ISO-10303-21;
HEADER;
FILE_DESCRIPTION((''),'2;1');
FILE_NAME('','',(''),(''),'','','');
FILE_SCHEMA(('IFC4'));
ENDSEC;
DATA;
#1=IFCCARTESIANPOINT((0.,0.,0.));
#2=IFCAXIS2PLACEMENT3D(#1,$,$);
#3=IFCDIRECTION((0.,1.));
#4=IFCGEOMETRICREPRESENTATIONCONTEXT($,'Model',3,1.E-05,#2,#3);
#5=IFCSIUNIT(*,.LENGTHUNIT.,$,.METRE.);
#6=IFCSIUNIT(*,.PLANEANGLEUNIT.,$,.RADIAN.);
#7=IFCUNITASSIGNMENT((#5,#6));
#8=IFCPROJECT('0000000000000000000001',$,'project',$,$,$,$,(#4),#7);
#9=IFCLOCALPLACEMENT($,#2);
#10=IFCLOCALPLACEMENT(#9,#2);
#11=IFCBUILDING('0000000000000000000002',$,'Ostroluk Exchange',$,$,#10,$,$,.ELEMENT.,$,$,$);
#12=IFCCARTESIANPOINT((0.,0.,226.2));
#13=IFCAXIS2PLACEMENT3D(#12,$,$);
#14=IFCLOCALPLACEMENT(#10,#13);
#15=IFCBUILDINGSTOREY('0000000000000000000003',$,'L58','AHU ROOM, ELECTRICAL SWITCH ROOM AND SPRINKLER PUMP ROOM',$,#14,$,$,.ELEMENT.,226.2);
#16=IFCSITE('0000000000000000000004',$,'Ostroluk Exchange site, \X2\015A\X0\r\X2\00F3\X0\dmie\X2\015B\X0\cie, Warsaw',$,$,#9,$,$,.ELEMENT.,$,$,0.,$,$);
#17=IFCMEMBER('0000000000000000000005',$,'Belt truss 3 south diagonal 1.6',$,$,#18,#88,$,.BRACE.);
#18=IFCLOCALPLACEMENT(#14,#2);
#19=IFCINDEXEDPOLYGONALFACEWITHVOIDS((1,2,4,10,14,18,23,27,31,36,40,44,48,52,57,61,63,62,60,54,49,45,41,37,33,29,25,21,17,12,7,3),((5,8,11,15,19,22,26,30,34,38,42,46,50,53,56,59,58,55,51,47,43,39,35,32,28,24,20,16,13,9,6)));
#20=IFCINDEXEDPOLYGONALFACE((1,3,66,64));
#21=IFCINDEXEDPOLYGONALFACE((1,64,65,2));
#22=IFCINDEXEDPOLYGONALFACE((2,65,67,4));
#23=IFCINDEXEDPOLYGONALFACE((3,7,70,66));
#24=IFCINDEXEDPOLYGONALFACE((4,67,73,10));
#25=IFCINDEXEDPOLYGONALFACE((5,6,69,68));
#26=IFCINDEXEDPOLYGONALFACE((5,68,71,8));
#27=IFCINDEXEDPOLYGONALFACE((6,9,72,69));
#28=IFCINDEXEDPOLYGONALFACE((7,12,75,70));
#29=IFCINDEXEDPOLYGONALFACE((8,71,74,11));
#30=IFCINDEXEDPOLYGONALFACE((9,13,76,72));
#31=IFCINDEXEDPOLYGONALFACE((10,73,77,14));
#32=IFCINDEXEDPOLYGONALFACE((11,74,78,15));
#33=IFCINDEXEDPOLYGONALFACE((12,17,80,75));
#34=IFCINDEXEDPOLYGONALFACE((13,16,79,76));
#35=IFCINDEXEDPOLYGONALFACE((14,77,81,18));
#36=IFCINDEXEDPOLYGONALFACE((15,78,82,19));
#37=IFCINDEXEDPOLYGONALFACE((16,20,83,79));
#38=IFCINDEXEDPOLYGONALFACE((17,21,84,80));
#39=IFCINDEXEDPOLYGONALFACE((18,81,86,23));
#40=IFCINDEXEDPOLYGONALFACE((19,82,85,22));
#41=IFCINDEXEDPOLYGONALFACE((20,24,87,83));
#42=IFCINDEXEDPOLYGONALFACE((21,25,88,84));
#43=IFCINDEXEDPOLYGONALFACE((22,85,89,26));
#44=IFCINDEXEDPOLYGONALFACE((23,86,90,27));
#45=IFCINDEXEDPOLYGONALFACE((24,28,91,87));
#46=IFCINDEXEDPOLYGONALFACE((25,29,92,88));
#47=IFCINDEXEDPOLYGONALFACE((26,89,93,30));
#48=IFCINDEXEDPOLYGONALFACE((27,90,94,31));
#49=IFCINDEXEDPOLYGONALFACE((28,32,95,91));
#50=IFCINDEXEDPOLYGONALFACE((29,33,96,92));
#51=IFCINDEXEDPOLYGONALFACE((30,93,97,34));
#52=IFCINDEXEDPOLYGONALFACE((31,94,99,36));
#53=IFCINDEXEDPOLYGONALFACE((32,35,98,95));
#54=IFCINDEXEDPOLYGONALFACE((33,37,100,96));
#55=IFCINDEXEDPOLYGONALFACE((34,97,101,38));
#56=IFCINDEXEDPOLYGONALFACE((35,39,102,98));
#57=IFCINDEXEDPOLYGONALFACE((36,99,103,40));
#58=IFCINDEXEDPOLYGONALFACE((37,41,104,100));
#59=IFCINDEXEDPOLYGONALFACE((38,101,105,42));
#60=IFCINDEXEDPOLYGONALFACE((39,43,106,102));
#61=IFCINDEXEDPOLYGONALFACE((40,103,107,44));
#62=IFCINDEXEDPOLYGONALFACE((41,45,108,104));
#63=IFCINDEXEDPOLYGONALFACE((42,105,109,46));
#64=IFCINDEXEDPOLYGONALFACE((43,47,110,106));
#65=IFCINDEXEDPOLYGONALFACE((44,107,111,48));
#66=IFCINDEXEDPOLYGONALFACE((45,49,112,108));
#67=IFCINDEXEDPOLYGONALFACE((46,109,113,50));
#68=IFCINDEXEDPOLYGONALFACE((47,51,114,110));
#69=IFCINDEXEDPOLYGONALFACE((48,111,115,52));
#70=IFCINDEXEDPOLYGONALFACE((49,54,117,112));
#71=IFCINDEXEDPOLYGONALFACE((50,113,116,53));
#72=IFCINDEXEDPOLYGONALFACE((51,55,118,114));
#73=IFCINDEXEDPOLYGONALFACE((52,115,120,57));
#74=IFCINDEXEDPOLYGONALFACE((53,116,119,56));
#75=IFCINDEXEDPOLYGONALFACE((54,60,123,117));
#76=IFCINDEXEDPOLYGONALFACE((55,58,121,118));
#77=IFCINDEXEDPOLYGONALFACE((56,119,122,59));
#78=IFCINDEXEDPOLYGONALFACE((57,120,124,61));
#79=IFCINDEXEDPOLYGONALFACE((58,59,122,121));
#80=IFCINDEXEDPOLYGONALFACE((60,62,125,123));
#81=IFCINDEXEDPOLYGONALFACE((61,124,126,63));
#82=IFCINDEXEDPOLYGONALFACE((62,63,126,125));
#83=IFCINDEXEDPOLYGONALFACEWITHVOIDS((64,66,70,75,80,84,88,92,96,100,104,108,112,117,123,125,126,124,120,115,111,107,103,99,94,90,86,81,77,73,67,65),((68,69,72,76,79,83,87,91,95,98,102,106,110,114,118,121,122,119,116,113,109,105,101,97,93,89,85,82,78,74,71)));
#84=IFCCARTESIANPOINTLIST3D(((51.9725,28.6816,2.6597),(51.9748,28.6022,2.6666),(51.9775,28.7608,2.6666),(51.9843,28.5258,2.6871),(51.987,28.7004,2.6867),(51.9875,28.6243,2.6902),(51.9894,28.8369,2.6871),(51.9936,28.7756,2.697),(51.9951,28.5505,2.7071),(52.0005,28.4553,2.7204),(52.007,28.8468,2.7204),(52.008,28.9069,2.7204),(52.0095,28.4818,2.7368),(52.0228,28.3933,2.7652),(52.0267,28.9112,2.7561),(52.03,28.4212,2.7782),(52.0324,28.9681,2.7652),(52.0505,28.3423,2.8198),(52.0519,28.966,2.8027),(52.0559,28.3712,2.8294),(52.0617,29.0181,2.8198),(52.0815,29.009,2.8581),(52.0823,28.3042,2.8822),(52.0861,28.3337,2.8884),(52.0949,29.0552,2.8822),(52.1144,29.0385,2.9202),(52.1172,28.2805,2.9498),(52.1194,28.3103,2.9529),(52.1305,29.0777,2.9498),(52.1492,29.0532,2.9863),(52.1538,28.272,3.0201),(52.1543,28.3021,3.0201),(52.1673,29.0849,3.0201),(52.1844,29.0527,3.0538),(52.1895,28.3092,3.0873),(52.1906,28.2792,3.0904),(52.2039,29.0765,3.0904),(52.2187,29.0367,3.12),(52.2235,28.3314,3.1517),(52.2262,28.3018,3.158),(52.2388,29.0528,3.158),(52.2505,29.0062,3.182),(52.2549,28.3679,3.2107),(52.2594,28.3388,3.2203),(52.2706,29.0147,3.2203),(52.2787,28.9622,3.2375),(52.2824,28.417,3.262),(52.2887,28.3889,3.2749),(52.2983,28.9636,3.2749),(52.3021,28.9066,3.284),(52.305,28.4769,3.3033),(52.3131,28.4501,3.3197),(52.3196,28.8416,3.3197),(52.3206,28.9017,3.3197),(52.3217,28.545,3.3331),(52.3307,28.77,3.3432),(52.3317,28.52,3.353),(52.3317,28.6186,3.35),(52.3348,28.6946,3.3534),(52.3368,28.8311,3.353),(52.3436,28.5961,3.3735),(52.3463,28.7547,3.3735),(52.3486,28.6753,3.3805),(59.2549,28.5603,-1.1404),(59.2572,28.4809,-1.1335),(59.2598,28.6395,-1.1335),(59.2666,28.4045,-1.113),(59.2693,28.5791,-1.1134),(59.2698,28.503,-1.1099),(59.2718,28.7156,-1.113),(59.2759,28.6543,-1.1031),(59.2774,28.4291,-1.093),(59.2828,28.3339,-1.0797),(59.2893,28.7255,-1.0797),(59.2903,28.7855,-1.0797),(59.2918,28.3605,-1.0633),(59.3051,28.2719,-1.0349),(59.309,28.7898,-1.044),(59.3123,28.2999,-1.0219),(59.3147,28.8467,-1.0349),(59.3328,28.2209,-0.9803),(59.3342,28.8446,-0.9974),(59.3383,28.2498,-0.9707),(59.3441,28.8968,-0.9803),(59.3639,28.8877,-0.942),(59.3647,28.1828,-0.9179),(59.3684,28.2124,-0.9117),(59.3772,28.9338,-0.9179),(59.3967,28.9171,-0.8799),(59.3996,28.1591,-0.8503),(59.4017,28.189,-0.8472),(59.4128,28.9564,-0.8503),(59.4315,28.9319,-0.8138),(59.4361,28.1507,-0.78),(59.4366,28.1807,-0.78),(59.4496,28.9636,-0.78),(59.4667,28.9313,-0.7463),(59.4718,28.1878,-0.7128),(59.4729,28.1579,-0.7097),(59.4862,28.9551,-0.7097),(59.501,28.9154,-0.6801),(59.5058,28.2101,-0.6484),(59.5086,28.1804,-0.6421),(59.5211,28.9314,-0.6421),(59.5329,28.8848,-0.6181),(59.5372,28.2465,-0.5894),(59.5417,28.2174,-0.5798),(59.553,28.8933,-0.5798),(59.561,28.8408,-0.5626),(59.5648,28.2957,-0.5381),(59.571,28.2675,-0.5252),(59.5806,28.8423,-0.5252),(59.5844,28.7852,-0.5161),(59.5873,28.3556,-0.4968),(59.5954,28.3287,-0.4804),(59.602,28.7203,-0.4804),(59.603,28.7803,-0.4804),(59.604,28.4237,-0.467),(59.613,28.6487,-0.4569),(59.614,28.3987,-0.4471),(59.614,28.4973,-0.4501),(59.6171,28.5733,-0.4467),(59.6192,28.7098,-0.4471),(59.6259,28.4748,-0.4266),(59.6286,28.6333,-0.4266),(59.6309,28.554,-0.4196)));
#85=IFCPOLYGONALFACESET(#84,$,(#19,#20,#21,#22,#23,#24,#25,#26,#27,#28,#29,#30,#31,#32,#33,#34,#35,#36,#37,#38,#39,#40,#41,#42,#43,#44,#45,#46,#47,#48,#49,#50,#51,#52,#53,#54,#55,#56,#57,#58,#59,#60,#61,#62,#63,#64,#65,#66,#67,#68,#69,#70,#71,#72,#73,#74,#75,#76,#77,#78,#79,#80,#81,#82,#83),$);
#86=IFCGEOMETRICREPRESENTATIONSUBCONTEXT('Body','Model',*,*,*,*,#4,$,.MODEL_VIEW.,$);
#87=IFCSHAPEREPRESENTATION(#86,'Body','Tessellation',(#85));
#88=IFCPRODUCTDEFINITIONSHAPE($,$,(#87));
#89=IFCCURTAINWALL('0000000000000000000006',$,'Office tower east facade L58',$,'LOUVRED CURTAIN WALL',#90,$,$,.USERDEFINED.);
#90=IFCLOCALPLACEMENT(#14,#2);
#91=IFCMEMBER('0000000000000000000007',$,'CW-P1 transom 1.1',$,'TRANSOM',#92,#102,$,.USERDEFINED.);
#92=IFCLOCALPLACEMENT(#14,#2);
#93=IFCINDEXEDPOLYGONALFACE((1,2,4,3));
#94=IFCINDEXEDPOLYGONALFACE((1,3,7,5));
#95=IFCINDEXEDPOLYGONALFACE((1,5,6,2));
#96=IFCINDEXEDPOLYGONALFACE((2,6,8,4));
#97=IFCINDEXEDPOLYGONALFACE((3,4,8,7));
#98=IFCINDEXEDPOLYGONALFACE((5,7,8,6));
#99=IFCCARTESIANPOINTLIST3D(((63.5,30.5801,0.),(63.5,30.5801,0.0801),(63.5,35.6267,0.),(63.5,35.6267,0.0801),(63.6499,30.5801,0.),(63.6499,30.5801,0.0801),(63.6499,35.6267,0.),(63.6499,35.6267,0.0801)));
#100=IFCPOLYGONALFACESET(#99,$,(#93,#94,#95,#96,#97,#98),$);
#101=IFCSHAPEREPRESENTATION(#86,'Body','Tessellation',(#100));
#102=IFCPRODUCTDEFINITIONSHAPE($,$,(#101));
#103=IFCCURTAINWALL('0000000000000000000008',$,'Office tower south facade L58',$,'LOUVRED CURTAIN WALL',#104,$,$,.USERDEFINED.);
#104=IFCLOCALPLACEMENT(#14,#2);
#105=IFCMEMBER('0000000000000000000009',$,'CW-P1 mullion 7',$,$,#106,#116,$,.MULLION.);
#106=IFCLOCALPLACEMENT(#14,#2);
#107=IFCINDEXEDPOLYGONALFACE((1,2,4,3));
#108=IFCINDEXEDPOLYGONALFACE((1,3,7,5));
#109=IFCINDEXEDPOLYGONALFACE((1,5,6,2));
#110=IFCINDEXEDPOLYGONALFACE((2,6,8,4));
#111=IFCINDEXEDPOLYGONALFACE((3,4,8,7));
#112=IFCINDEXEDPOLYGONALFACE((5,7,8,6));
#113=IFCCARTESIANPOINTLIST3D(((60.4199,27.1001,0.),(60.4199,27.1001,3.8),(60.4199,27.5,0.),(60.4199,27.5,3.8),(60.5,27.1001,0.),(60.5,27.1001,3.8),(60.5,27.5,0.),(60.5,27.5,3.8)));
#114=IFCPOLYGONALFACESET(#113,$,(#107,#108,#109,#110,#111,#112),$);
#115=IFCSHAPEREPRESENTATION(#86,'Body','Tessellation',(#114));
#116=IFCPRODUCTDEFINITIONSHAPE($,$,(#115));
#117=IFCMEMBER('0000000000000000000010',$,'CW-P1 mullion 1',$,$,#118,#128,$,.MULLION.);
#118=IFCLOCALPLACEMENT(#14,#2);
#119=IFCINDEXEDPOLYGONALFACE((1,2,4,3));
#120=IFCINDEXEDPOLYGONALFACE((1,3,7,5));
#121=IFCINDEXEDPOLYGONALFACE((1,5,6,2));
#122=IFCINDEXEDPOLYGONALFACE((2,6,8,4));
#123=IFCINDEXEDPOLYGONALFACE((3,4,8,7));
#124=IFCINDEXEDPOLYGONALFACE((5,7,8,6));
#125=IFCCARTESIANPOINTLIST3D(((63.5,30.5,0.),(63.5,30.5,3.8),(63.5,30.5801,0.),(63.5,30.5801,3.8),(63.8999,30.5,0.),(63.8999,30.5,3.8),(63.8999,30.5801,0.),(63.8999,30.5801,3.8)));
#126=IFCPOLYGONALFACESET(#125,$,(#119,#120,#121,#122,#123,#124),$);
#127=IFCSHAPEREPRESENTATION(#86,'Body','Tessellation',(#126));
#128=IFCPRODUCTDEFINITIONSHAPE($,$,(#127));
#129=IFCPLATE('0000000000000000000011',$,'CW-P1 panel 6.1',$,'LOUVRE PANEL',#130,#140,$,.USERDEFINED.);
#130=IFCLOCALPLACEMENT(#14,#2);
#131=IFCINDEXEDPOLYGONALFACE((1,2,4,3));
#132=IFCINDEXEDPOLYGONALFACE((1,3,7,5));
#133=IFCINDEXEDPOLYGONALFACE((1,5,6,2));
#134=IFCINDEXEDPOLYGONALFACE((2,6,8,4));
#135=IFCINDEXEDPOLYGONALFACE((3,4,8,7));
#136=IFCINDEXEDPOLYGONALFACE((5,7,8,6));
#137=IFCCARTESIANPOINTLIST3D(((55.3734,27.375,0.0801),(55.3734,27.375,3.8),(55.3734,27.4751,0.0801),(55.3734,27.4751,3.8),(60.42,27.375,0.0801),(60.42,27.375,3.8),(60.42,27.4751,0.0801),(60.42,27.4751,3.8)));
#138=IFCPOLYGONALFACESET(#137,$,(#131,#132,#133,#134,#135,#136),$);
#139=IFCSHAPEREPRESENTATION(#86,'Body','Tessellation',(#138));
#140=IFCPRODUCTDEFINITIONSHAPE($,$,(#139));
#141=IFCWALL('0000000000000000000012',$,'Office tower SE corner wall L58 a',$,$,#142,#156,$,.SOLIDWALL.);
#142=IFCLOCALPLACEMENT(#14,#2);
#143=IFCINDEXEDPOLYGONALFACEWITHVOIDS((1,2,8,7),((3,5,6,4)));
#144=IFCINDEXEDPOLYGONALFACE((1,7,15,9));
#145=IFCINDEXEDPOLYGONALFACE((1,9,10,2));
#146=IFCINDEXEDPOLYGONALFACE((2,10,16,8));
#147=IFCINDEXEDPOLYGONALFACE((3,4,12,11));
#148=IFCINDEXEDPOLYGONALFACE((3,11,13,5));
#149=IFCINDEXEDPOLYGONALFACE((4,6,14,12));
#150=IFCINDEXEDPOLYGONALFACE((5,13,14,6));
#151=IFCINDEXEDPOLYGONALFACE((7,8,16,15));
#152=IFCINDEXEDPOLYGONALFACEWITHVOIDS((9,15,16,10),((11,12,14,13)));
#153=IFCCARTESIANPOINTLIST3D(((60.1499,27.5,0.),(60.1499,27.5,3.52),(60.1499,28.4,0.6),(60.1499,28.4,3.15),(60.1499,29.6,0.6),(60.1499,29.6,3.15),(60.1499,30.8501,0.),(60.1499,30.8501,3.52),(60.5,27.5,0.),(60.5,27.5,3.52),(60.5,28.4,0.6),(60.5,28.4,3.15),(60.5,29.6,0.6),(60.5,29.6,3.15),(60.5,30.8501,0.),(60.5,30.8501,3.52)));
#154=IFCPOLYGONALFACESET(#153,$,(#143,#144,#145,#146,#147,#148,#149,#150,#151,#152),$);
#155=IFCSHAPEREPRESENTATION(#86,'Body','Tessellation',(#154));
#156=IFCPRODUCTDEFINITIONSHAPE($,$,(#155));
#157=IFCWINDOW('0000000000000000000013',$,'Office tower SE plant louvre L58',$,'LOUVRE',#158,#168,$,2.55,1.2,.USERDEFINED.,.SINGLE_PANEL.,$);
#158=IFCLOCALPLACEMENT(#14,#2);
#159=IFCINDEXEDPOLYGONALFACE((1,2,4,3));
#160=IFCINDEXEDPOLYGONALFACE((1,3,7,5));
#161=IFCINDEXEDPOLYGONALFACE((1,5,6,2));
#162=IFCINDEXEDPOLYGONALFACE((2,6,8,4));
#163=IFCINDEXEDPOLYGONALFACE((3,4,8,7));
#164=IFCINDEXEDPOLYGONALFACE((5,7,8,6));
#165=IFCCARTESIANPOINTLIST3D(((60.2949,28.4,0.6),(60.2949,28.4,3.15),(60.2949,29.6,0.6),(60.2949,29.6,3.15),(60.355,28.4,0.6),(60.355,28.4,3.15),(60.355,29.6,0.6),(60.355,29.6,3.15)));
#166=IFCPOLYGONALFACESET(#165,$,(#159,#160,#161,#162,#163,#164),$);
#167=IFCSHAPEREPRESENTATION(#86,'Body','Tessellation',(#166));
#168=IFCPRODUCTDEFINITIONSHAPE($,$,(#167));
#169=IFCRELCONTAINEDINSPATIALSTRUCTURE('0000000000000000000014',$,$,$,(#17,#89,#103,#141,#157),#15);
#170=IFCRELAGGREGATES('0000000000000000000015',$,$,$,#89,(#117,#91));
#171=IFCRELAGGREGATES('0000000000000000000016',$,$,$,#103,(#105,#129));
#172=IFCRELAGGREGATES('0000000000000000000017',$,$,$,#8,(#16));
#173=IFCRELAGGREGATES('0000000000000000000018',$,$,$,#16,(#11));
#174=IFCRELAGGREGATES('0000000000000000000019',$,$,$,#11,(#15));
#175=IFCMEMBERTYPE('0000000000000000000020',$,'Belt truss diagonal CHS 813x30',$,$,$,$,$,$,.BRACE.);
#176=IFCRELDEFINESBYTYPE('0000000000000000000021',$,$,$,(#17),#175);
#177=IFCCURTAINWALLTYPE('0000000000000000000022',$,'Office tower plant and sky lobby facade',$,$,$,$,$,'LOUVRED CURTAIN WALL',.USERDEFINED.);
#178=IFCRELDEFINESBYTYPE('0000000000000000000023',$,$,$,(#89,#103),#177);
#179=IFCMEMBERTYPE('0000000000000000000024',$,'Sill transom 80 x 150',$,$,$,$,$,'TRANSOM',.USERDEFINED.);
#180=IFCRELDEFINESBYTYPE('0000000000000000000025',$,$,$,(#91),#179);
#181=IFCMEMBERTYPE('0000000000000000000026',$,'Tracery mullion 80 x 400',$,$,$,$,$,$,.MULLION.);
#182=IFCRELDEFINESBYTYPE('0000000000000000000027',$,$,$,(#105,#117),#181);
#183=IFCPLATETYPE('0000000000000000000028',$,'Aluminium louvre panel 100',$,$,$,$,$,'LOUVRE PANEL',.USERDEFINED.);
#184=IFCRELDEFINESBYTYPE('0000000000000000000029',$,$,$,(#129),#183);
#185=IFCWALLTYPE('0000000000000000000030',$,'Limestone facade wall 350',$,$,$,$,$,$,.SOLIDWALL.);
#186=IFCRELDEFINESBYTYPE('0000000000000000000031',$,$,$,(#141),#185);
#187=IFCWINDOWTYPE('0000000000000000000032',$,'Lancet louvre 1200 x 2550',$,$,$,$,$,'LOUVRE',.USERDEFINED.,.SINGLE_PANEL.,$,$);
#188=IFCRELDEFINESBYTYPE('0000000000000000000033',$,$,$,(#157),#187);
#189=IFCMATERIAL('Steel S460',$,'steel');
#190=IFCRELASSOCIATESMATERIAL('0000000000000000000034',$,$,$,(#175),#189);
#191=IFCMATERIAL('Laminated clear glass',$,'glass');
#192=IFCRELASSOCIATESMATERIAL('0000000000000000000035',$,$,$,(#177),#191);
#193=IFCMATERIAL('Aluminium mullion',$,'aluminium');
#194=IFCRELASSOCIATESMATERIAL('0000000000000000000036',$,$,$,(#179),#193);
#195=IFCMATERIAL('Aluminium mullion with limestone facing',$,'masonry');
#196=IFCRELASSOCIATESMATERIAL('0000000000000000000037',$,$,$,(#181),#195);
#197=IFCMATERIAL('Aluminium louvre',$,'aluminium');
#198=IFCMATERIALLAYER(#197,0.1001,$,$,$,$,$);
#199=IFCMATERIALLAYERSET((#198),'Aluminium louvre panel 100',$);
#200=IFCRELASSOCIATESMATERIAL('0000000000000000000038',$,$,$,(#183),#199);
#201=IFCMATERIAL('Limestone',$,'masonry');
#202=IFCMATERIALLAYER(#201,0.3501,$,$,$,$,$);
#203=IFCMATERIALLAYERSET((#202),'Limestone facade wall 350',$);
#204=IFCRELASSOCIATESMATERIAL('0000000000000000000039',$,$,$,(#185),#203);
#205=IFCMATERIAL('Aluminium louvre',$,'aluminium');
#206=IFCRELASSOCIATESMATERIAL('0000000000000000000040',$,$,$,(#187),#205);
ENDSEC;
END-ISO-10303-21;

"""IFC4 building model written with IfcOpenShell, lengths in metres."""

from ifc_helpers import new_model, si_unit, direction, frame, frame_2d, origin, origin_2d, place, context, subcontext, project, spatial, rectangle, hollow_circle, extrude, material, layer, layer_set, material_profile, profile_set, type_object, element, fill, aggregate, save


model = new_model("IFC4")

# Units and contexts
model_context = context("Model", 3, precision=1e-05, world=origin(), true_north=direction((0.0, 1.0)))
body_context = subcontext(model_context, "Body", "Model", "MODEL_VIEW")
ifc_project = project(units=[si_unit("LENGTHUNIT", "METRE"), si_unit("PLANEANGLEUNIT", "RADIAN")], contexts=[model_context])

# Site, building, storey
site_placement = place(None, origin())
site = spatial("IfcSite", under=ifc_project, at=site_placement, Name="Ostroluk Exchange site, Śródmieście, Warsaw", CompositionType="ELEMENT", RefElevation=0.0)
building_placement = place(site_placement, origin())
building = spatial("IfcBuilding", under=site, at=building_placement, Name="Ostroluk Exchange", CompositionType="ELEMENT")
storey_placement = place(building_placement, frame((0.0, 0.0, 226.2)))
storey = spatial("IfcBuildingStorey", under=building, at=storey_placement, Name="L58", Description="AHU ROOM, ELECTRICAL SWITCH ROOM AND SPRINKLER PUMP ROOM", CompositionType="ELEMENT", Elevation=226.2)

# Member
ifc_material_1 = material(Name="Steel S460", Category="steel")
ifc_material_profile_1 = material_profile(ifc_material_1, hollow_circle(Radius=0.4065, WallThickness=0.03, at=origin_2d()), Name="CHS 813x30")
ifc_profile_set_1 = profile_set([ifc_material_profile_1], Name="Steel S460")
member_type_1 = type_object("IfcMemberType", Name="Belt truss diagonal CHS 813x30", PredefinedType="BRACE", material=ifc_profile_set_1)
for number, where, z_axis, x_axis, name in (
    (1, (59.4429, 28.5571, -0.78), (-0.886457, 0.01477, 0.462575), (-0.01666, -0.999861, 0.0), "Belt truss 3 south diagonal 1.6"),
):
    element("IfcMember", number, at=place(storey_placement, frame(where, z_axis=z_axis, x_axis=x_axis)), inside=storey, type_object=member_type_1, Name=name, PredefinedType="BRACE", context=body_context, shape_type="SweptSolid", body=[
        extrude(hollow_circle(Radius=0.4065, WallThickness=0.03, at=origin_2d()), origin(), (0.0, 0.0, 1.0), 8.2151),
    ])

# Curtain walls, members
ifc_material_2 = material(Name="Laminated clear glass", Category="glass")
curtain_wall_type = type_object("IfcCurtainWallType", Name="Office tower plant and sky lobby facade", ElementType="LOUVRED CURTAIN WALL", PredefinedType="USERDEFINED", material=ifc_material_2)
curtain_wall_1_placement = place(storey_placement, origin())
curtain_wall_1 = element("IfcCurtainWall", 2, at=curtain_wall_1_placement, inside=storey, type_object=curtain_wall_type, Name="Office tower east facade L58", ObjectType="LOUVRED CURTAIN WALL", PredefinedType="USERDEFINED")
ifc_material_3 = material(Name="Aluminium mullion", Category="aluminium")
ifc_material_profile_2 = material_profile(ifc_material_3, rectangle(XDim=0.1499, YDim=0.0801, at=origin_2d()), Name="Sill transom 80 x 150")
ifc_profile_set_2 = profile_set([ifc_material_profile_2], Name="Aluminium mullion")
member_type_2 = type_object("IfcMemberType", Name="Sill transom 80 x 150", ElementType="TRANSOM", PredefinedType="USERDEFINED", material=ifc_profile_set_2)
member_1_placement = place(storey_placement, frame((63.575, 30.5801, 0.04), z_axis=(0.0, 1.0, 0.0), x_axis=(-1.0, 0.0, 0.0)))
member_1 = element("IfcMember", 3, at=member_1_placement, type_object=member_type_2, Name="CW-P1 transom 1.1", ObjectType="TRANSOM", PredefinedType="USERDEFINED", context=body_context, shape_type="SweptSolid", body=[
    extrude(rectangle(XDim=0.1499, YDim=0.0801, at=origin_2d()), origin(), (0.0, 0.0, 1.0), 5.0466),
])
curtain_wall_2_placement = place(storey_placement, origin())
curtain_wall_2 = element("IfcCurtainWall", 4, at=curtain_wall_2_placement, inside=storey, type_object=curtain_wall_type, Name="Office tower south facade L58", ObjectType="LOUVRED CURTAIN WALL", PredefinedType="USERDEFINED")
ifc_material_4 = material(Name="Aluminium mullion with limestone facing", Category="masonry")
ifc_material_profile_3 = material_profile(ifc_material_4, rectangle(XDim=0.3999, YDim=0.0801, at=origin_2d()), Name="Tracery mullion 80 x 400")
ifc_profile_set_3 = profile_set([ifc_material_profile_3], Name="Aluminium mullion with limestone facing")
member_type_3 = type_object("IfcMemberType", Name="Tracery mullion 80 x 400", PredefinedType="MULLION", material=ifc_profile_set_3)
member_2_placement = place(storey_placement, frame((60.46, 27.3, 0.0), z_axis=(0.0, 0.0, 1.0), x_axis=(0.0, 1.0, 0.0)))
member_2 = element("IfcMember", 5, at=member_2_placement, type_object=member_type_3, Name="CW-P1 mullion 7", PredefinedType="MULLION", context=body_context, shape_type="SweptSolid", body=[
    extrude(rectangle(XDim=0.3999, YDim=0.0801, at=origin_2d()), origin(), (0.0, 0.0, 1.0), 3.8),
])

# Member
member_3_placement = place(storey_placement, frame((63.7, 30.54, 0.0), z_axis=(0.0, 0.0, 1.0), x_axis=(-1.0, 0.0, 0.0)))
member_3 = element("IfcMember", 6, at=member_3_placement, type_object=member_type_3, Name="CW-P1 mullion 1", PredefinedType="MULLION", context=body_context, shape_type="SweptSolid", body=[
    extrude(rectangle(XDim=0.3999, YDim=0.0801, at=origin_2d()), origin(), (0.0, 0.0, 1.0), 3.8),
])
aggregate(curtain_wall_1, [member_3, member_1])

# Plate
ifc_material_5 = material(Name="Aluminium louvre", Category="aluminium")
ifc_layer_1 = layer(ifc_material_5, 0.1001)
ifc_layer_set_1 = layer_set([ifc_layer_1], Name="Aluminium louvre panel 100")
plate_type = type_object("IfcPlateType", Name="Aluminium louvre panel 100", ElementType="LOUVRE PANEL", PredefinedType="USERDEFINED", material=ifc_layer_set_1)
plate_placement = place(storey_placement, frame((57.8967, 27.425, 0.0801), z_axis=(0.0, 0.0, 1.0), x_axis=(1.0, 0.0, 0.0)))
plate = element("IfcPlate", 7, at=plate_placement, type_object=plate_type, Name="CW-P1 panel 6.1", ObjectType="LOUVRE PANEL", PredefinedType="USERDEFINED", context=body_context, shape_type="SweptSolid", body=[
    extrude(rectangle(XDim=5.0466, YDim=0.1001, at=origin_2d()), origin(), (0.0, 0.0, 1.0), 3.72),
])
aggregate(curtain_wall_2, [member_2, plate])

# Wall, opening, window
ifc_material_6 = material(Name="Limestone", Category="masonry")
ifc_layer_2 = layer(ifc_material_6, 0.3501)
ifc_layer_set_2 = layer_set([ifc_layer_2], Name="Limestone facade wall 350")
wall_type_1 = type_object("IfcWallType", Name="Limestone facade wall 350", PredefinedType="SOLIDWALL", material=ifc_layer_set_2)
wall_1_placement = place(storey_placement, frame((60.325, 27.5, 0.0), z_axis=(0.0, 0.0, 1.0), x_axis=(0.0, 1.0, 0.0)))
wall_1 = element("IfcWall", 8, at=wall_1_placement, inside=storey, type_object=wall_type_1, Name="Office tower SE corner wall L58 a", PredefinedType="SOLIDWALL", context=body_context, shape_type="SweptSolid", body=[
    extrude(rectangle(XDim=3.3501, YDim=0.3501, at=frame_2d((1.675, 0.0))), origin(), (0.0, 0.0, 1.0), 3.52),
])
opening_1_placement = place(wall_1_placement, frame((0.8999, 0.0, 0.6001)))
opening_1 = element("IfcOpeningElement", 9, at=opening_1_placement, cuts=wall_1, PredefinedType="OPENING", context=body_context, shape_type="SweptSolid", body=[
    extrude(rectangle(XDim=1.2, YDim=2.55, at=frame_2d((0.6001, 1.2749))), frame((0.0, 0.1851, 0.0), z_axis=(0.0, -1.0, 0.0), x_axis=(1.0, 0.0, 0.0)), (0.0, 0.0, 1.0), 0.3701),
])
ifc_material_7 = material(Name="Aluminium louvre", Category="aluminium")
window_type = type_object("IfcWindowType", Name="Lancet louvre 1200 x 2550", ElementType="LOUVRE", PartitioningType="SINGLE_PANEL", PredefinedType="USERDEFINED", material=ifc_material_7)
window_placement = place(opening_1_placement, origin())
window = element("IfcWindow", 10, at=window_placement, inside=storey, type_object=window_type, Name="Office tower SE plant louvre L58", ObjectType="LOUVRE", OverallHeight=2.55, OverallWidth=1.2, PartitioningType="SINGLE_PANEL", PredefinedType="USERDEFINED", context=body_context, shape_type="SweptSolid", body=[
    extrude(rectangle(XDim=1.2, YDim=2.55, at=frame_2d((0.6001, 1.2749))), frame((0.0, 0.03, 0.0), z_axis=(0.0, -1.0, 0.0), x_axis=(1.0, 0.0, 0.0)), (0.0, 0.0, 1.0), 0.0601),
])
fill(opening_1, window)

save(model, "model.ifc")
